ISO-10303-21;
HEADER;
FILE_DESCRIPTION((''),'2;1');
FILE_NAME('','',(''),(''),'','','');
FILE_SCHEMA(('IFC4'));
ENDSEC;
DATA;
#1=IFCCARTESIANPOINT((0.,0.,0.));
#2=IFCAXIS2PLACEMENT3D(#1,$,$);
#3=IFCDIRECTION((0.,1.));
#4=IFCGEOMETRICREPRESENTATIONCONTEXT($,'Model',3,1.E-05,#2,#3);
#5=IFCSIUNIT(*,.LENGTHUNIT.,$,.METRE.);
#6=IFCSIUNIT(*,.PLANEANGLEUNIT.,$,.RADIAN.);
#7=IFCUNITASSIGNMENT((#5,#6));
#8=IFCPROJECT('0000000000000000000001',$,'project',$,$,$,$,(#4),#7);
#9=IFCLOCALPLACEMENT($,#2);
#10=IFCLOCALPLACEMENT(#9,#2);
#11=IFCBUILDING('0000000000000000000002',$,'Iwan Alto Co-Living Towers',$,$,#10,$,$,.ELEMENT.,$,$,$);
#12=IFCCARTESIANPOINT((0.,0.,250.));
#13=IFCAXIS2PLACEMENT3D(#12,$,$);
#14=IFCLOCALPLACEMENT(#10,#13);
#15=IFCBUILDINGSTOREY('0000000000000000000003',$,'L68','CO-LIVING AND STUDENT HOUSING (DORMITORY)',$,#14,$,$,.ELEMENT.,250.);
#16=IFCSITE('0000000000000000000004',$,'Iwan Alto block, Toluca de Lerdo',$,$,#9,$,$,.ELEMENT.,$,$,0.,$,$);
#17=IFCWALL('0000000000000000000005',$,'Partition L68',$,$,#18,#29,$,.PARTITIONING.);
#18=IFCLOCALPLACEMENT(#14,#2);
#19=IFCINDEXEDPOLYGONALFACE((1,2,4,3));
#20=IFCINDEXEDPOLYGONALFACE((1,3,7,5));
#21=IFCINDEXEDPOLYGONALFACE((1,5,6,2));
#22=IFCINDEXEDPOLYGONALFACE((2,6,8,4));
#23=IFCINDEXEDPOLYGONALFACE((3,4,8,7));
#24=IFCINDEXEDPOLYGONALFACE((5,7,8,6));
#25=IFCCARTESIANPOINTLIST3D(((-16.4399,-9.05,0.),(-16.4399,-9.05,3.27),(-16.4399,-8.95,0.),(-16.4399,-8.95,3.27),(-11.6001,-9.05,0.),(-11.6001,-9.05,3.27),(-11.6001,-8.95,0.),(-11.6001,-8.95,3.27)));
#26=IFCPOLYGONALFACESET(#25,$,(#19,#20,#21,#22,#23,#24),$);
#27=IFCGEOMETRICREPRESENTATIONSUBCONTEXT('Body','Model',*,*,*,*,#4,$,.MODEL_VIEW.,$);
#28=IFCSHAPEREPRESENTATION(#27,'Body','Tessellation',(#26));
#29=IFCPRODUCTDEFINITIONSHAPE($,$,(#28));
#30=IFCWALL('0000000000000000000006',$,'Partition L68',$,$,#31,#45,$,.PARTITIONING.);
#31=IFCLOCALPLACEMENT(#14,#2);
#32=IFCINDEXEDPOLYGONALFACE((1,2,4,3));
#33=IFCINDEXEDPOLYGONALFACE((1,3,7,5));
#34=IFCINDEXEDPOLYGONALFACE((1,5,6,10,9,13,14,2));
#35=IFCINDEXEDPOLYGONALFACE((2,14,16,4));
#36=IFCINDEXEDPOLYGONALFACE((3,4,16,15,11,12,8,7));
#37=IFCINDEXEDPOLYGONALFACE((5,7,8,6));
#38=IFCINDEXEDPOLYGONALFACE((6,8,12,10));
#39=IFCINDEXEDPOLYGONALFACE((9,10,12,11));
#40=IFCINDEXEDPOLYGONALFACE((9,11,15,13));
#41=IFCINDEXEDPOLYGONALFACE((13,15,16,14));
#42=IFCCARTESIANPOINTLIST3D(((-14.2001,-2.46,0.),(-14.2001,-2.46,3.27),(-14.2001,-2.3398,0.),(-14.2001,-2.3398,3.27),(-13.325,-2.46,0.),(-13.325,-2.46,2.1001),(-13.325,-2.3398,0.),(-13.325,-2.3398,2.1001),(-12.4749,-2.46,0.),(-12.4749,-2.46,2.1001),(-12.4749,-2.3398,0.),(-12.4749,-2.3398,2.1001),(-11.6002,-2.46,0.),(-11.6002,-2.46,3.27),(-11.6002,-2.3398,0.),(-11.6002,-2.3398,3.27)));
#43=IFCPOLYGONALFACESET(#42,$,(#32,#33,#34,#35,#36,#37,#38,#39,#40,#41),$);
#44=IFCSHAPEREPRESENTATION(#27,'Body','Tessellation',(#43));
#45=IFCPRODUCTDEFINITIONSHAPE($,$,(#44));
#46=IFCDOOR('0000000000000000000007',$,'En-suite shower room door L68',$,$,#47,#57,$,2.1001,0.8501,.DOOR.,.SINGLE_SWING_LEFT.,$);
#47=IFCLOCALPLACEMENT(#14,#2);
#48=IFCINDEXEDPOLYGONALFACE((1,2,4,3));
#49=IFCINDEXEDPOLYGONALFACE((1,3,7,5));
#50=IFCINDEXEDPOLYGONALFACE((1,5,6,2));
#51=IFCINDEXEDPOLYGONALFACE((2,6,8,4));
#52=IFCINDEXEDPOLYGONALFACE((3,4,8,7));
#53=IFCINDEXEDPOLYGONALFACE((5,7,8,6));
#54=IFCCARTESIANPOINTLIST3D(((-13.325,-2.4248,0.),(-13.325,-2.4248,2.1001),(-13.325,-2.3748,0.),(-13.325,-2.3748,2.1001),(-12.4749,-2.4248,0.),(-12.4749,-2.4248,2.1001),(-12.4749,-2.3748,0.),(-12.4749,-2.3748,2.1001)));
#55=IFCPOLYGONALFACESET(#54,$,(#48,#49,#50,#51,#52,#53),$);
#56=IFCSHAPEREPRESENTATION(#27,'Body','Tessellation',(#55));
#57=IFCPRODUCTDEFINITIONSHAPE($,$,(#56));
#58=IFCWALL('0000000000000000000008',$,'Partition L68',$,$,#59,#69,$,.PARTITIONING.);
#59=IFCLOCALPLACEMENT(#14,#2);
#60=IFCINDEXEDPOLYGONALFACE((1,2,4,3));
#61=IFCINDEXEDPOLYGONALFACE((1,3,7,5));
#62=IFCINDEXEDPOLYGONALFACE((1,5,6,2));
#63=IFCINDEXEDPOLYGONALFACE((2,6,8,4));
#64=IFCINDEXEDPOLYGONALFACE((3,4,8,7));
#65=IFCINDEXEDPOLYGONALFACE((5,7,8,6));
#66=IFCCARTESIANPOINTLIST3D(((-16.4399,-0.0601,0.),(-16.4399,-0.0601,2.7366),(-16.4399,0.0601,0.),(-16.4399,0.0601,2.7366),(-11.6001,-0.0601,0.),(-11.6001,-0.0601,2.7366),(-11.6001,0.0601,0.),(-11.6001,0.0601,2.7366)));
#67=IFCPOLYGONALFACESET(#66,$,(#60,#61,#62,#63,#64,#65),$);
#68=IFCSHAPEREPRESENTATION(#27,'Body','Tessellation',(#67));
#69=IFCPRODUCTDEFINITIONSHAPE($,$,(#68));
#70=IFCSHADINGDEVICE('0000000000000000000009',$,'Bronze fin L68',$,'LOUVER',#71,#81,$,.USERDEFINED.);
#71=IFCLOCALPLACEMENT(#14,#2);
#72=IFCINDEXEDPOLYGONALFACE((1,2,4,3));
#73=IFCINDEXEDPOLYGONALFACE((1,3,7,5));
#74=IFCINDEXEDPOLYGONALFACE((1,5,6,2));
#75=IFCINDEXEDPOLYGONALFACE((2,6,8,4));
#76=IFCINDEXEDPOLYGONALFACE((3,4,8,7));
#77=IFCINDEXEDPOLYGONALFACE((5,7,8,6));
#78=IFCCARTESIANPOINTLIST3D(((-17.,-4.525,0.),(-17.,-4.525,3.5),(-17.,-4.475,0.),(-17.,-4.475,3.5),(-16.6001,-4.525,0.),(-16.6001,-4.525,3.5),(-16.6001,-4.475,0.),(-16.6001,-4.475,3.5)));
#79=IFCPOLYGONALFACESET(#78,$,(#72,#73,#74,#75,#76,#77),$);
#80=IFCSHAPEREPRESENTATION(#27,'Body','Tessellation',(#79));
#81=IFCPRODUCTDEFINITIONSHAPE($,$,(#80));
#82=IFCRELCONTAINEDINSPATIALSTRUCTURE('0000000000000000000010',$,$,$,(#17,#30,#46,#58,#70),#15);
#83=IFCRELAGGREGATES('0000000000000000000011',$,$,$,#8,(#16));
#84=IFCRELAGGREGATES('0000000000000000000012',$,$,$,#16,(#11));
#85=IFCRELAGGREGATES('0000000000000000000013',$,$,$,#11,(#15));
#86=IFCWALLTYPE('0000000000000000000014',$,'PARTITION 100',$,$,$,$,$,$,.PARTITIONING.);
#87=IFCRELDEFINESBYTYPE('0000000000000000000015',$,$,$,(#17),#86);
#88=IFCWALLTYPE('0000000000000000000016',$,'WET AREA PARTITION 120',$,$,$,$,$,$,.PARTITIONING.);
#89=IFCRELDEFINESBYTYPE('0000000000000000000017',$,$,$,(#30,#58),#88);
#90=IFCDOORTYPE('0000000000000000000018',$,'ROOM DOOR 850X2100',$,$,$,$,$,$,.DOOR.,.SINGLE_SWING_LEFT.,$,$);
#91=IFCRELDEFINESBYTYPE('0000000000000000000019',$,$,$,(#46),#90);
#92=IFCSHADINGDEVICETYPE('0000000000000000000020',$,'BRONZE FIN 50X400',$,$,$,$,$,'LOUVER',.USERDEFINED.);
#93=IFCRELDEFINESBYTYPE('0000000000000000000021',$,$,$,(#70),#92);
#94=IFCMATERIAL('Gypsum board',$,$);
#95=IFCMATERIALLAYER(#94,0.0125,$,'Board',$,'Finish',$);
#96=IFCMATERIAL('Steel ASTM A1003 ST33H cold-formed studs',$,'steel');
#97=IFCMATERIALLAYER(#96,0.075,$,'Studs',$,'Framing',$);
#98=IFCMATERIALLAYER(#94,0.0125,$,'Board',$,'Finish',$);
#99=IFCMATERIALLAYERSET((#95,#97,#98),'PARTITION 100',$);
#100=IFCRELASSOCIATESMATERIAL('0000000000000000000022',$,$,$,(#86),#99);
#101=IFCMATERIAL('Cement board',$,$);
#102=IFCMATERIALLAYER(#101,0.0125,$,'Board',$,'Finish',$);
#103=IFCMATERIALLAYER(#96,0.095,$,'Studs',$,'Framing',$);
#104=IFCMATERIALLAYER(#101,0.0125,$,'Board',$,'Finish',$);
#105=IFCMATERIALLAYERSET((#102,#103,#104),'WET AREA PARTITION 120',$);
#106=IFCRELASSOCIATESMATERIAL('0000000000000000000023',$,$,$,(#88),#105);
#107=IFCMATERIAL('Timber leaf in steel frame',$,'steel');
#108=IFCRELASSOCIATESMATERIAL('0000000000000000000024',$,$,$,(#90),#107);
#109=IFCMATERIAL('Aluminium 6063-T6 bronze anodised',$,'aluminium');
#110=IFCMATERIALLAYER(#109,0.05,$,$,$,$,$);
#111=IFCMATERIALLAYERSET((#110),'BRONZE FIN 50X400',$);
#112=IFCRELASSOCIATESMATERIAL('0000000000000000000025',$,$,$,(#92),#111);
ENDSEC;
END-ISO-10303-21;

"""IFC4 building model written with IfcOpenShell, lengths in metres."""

from ifc_helpers import new_model, si_unit, direction, frame, frame_2d, origin, origin_2d, place, context, subcontext, project, spatial, rectangle, extrude, material, layer, layer_set, type_object, element, fill, save


model = new_model("IFC4")

# Units and contexts
model_context = context("Model", 3, precision=1e-05, world=origin(), true_north=direction((0.0, 1.0)))
body_context = subcontext(model_context, "Body", "Model", "MODEL_VIEW")
ifc_project = project(units=[si_unit("LENGTHUNIT", "METRE"), si_unit("PLANEANGLEUNIT", "RADIAN")], contexts=[model_context])

# Site, building, storey
site_placement = place(None, origin())
site = spatial("IfcSite", under=ifc_project, at=site_placement, Name="Iwan Alto block, Toluca de Lerdo", CompositionType="ELEMENT", RefElevation=0.0)
building_placement = place(site_placement, origin())
building = spatial("IfcBuilding", under=site, at=building_placement, Name="Iwan Alto Co-Living Towers", CompositionType="ELEMENT")
storey_placement = place(building_placement, frame((0.0, 0.0, 250.0)))
storey = spatial("IfcBuildingStorey", under=building, at=storey_placement, Name="L68", Description="CO-LIVING AND STUDENT HOUSING (DORMITORY)", CompositionType="ELEMENT", Elevation=250.0)

# Wall
ifc_material_1 = material(Name="Gypsum board")
ifc_layer_1 = layer(ifc_material_1, 0.0125, Name="Board", Category="Finish")
ifc_material_2 = material(Name="Steel ASTM A1003 ST33H cold-formed studs", Category="steel")
ifc_layer_2 = layer(ifc_material_2, 0.075, Name="Studs", Category="Framing")
ifc_layer_3 = layer(ifc_material_1, 0.0125, Name="Board", Category="Finish")
ifc_layer_set_1 = layer_set([ifc_layer_1, ifc_layer_2, ifc_layer_3], Name="PARTITION 100")
wall_type_1 = type_object("IfcWallType", Name="PARTITION 100", PredefinedType="PARTITIONING", material=ifc_layer_set_1)
wall_1_placement = place(storey_placement, frame((-16.4399, -9.0, 0.0), z_axis=(0.0, 0.0, 1.0), x_axis=(1.0, 0.0, 0.0)))
element("IfcWall", 1, at=wall_1_placement, inside=storey, type_object=wall_type_1, Name="Partition L68", PredefinedType="PARTITIONING", context=body_context, shape_type="SweptSolid", body=[
    extrude(rectangle(XDim=4.8398, YDim=0.1001, at=frame_2d((2.4199, 0.0))), origin(), (0.0, 0.0, 1.0), 3.27),
])

# Wall, opening, door
ifc_material_3 = material(Name="Cement board")
ifc_layer_4 = layer(ifc_material_3, 0.0125, Name="Board", Category="Finish")
ifc_layer_5 = layer(ifc_material_2, 0.095, Name="Studs", Category="Framing")
ifc_layer_6 = layer(ifc_material_3, 0.0125, Name="Board", Category="Finish")
ifc_layer_set_2 = layer_set([ifc_layer_4, ifc_layer_5, ifc_layer_6], Name="WET AREA PARTITION 120")
wall_type_2 = type_object("IfcWallType", Name="WET AREA PARTITION 120", PredefinedType="PARTITIONING", material=ifc_layer_set_2)
wall_2_placement = place(storey_placement, frame((-14.2, -2.3999, 0.0), z_axis=(0.0, 0.0, 1.0), x_axis=(1.0, 0.0, 0.0)))
wall_2 = element("IfcWall", 2, at=wall_2_placement, inside=storey, type_object=wall_type_2, Name="Partition L68", PredefinedType="PARTITIONING", context=body_context, shape_type="SweptSolid", body=[
    extrude(rectangle(XDim=2.5999, YDim=0.1201, at=frame_2d((1.2998, 0.0))), origin(), (0.0, 0.0, 1.0), 3.27),
])
opening_placement = place(wall_2_placement, frame((0.875, 0.0, 0.0)))
opening = element("IfcOpeningElement", 3, at=opening_placement, cuts=wall_2, PredefinedType="OPENING", context=body_context, shape_type="SweptSolid", body=[
    extrude(rectangle(XDim=0.8501, YDim=2.1001, at=frame_2d((0.425, 1.05))), frame((0.0, 0.0701, 0.0), z_axis=(0.0, -1.0, 0.0), x_axis=(1.0, 0.0, 0.0)), (0.0, 0.0, 1.0), 0.1401),
])
ifc_material_4 = material(Name="Timber leaf in steel frame", Category="steel")
door_type = type_object("IfcDoorType", Name="ROOM DOOR 850X2100", OperationType="SINGLE_SWING_LEFT", PredefinedType="DOOR", material=ifc_material_4)
door_placement = place(opening_placement, frame((0.8501, 0.0, 0.0), z_axis=(0.0, 0.0, 1.0), x_axis=(-1.0, 0.0, 0.0)))
door = element("IfcDoor", 4, at=door_placement, inside=storey, type_object=door_type, Name="En-suite shower room door L68", OperationType="SINGLE_SWING_LEFT", OverallHeight=2.1001, OverallWidth=0.8501, PredefinedType="DOOR", context=body_context, shape_type="SweptSolid", body=[
    extrude(rectangle(XDim=0.8501, YDim=2.1001, at=frame_2d((0.425, 1.05))), frame((0.0, 0.0249, 0.0), z_axis=(0.0, -1.0, 0.0), x_axis=(1.0, 0.0, 0.0)), (0.0, 0.0, 1.0), 0.05),
])
fill(opening, door)

# Wall
wall_3_placement = place(storey_placement, frame((-16.4399, 0.0, 0.0), z_axis=(0.0, 0.0, 1.0), x_axis=(1.0, 0.0, 0.0)))
element("IfcWall", 5, at=wall_3_placement, inside=storey, type_object=wall_type_2, Name="Partition L68", PredefinedType="PARTITIONING", context=body_context, shape_type="SweptSolid", body=[
    extrude(rectangle(XDim=4.8398, YDim=0.1201, at=frame_2d((2.4199, 0.0))), origin(), (0.0, 0.0, 1.0), 2.7366),
])

# Shading device
ifc_material_5 = material(Name="Aluminium 6063-T6 bronze anodised", Category="aluminium")
ifc_layer_7 = layer(ifc_material_5, 0.05)
ifc_layer_set_3 = layer_set([ifc_layer_7], Name="BRONZE FIN 50X400")
shading_device_type = type_object("IfcShadingDeviceType", Name="BRONZE FIN 50X400", ElementType="LOUVER", PredefinedType="USERDEFINED", material=ifc_layer_set_3)
shading_device_placement = place(storey_placement, frame((-16.8, -4.5, 0.0), z_axis=(0.0, 0.0, 1.0), x_axis=(0.0, -1.0, 0.0)))
element("IfcShadingDevice", 6, at=shading_device_placement, inside=storey, type_object=shading_device_type, Name="Bronze fin L68", ObjectType="LOUVER", PredefinedType="USERDEFINED", context=body_context, shape_type="SweptSolid", body=[
    extrude(rectangle(XDim=0.05, YDim=0.3999, at=origin_2d()), origin(), (0.0, 0.0, 1.0), 3.5),
])

save(model, "model.ifc")
